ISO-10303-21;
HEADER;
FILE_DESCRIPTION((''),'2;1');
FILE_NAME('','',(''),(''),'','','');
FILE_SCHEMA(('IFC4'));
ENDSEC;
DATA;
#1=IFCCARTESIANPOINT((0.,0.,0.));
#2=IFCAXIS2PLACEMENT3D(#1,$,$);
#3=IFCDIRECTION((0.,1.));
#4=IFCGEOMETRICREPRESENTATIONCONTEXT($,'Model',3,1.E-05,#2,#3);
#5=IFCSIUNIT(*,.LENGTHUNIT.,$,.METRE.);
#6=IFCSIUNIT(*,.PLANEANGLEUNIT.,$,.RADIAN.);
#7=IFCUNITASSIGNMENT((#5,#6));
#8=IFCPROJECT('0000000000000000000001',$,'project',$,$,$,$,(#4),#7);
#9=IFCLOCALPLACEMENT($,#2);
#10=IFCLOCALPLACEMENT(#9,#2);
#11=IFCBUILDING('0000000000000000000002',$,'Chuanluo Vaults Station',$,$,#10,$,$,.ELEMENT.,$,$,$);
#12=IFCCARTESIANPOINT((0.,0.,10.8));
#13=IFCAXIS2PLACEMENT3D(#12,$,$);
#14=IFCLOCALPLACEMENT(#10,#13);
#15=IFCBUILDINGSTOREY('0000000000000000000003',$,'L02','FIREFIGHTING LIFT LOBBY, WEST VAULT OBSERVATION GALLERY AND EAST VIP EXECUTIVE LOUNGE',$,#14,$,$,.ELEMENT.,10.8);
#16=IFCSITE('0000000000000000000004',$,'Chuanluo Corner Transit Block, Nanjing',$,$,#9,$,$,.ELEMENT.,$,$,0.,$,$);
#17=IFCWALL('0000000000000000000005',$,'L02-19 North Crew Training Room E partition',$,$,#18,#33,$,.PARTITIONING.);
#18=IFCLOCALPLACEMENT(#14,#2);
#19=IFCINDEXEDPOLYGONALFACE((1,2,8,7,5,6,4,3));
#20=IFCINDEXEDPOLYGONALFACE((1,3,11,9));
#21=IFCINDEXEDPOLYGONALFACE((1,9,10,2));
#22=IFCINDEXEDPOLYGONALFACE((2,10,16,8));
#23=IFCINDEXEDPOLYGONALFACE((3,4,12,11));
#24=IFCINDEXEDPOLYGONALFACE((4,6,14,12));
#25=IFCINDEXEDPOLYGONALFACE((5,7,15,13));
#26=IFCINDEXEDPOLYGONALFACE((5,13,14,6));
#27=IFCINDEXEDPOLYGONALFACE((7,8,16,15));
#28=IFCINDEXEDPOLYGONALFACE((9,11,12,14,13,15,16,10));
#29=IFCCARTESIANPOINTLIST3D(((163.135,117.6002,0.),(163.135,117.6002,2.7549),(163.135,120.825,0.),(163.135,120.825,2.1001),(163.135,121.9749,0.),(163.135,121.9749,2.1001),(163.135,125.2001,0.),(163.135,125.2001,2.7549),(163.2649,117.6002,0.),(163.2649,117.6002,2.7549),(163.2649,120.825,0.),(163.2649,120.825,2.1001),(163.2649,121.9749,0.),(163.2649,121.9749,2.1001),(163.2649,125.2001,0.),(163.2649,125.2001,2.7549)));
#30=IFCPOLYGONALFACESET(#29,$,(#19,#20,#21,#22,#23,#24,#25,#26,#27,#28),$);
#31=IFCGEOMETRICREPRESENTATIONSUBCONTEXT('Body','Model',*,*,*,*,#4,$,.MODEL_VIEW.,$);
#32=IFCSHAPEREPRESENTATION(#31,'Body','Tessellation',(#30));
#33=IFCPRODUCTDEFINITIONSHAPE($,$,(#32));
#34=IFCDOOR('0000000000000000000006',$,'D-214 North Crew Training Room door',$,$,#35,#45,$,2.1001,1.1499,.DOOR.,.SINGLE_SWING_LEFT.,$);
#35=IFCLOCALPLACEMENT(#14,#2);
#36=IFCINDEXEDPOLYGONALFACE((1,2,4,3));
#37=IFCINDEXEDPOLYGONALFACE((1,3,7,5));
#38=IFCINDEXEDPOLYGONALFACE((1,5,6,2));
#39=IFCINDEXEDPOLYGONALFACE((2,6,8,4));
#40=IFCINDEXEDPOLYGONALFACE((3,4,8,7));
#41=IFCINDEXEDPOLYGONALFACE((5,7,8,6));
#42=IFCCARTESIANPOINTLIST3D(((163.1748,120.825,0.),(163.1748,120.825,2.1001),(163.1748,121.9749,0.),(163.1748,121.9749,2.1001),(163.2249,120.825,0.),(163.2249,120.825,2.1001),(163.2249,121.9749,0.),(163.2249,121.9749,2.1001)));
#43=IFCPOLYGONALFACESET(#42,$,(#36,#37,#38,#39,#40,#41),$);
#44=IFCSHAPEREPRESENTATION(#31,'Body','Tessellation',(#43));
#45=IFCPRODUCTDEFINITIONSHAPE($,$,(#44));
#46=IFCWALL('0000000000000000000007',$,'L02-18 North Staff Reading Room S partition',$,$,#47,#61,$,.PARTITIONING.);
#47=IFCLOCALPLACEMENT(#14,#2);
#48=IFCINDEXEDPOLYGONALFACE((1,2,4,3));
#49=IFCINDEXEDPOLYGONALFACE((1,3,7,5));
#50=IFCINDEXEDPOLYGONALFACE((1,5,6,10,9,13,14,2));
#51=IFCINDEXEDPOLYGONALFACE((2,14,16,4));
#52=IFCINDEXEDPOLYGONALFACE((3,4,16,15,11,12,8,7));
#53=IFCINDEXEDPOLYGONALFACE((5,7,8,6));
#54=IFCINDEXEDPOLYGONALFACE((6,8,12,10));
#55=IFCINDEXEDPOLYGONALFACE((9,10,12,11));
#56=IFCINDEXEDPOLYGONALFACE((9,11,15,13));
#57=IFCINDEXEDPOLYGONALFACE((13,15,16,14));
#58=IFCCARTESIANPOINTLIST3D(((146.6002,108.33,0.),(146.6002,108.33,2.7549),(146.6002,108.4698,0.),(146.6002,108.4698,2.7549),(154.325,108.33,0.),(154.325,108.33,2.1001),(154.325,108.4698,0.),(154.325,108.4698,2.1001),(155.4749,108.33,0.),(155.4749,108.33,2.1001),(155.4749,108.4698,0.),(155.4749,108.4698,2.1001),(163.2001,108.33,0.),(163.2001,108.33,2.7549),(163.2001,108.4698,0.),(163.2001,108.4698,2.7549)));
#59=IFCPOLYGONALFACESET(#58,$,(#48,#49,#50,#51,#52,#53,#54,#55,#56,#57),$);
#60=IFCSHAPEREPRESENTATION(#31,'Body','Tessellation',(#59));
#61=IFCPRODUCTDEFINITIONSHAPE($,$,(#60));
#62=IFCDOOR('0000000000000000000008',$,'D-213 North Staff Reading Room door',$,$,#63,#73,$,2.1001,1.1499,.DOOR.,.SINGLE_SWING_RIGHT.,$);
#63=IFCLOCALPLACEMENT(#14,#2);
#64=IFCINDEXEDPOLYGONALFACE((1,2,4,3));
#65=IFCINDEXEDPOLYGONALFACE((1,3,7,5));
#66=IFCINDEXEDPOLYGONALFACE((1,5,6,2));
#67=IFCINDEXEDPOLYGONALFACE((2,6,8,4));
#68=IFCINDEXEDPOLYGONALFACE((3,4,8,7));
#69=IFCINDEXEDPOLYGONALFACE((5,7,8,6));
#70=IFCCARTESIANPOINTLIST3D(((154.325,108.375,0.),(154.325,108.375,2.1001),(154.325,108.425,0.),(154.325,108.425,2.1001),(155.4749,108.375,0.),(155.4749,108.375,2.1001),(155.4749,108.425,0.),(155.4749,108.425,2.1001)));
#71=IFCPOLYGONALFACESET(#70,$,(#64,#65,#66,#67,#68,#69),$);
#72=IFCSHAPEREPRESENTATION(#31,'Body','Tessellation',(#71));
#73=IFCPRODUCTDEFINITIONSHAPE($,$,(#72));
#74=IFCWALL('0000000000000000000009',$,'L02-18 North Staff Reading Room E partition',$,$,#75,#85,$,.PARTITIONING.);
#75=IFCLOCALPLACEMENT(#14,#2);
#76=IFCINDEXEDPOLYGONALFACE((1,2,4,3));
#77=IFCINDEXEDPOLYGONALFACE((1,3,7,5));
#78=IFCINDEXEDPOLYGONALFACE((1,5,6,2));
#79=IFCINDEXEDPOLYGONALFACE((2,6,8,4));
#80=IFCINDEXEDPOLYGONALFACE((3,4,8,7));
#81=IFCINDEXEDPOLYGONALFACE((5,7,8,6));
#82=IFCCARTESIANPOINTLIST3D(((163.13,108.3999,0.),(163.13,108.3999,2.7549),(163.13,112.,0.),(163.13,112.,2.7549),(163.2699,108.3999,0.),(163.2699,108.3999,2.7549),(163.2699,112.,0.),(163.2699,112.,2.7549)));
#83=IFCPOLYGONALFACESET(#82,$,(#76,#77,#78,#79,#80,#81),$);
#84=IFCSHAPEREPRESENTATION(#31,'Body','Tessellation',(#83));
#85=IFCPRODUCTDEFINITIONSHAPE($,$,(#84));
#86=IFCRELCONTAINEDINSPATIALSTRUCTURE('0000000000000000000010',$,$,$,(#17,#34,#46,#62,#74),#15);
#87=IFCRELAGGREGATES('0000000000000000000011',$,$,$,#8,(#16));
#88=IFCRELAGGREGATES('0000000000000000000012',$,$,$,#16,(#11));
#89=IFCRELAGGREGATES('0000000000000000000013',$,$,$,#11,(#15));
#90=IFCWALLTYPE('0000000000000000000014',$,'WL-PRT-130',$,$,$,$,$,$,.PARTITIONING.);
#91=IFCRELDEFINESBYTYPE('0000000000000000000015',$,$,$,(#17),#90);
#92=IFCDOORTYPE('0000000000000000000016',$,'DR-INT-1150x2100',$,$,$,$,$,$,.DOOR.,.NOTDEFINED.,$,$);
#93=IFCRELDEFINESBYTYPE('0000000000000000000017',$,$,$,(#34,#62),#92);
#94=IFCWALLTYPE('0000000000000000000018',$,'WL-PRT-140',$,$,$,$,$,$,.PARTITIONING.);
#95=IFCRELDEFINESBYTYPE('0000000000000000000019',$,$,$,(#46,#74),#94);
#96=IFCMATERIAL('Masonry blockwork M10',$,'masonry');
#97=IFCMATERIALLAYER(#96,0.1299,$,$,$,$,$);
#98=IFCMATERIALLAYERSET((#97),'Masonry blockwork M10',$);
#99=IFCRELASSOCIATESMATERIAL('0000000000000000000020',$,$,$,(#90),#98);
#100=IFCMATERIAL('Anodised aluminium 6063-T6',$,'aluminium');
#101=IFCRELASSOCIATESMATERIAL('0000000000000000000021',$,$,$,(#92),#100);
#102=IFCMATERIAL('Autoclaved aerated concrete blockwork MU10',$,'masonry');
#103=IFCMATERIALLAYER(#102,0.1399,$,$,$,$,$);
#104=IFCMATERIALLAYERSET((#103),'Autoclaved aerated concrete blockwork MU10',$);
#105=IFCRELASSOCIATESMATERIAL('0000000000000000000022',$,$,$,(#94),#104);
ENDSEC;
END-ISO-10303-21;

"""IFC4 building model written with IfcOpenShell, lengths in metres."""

from ifc_helpers import new_model, si_unit, direction, frame, frame_2d, origin, place, context, subcontext, project, spatial, rectangle, extrude, material, layer, layer_set, type_object, element, fill, save


model = new_model("IFC4")

# Units and contexts
model_context = context("Model", 3, precision=1e-05, world=origin(), true_north=direction((0.0, 1.0)))
body_context = subcontext(model_context, "Body", "Model", "MODEL_VIEW")
ifc_project = project(units=[si_unit("LENGTHUNIT", "METRE"), si_unit("PLANEANGLEUNIT", "RADIAN")], contexts=[model_context])

# Site, building, storey
site_placement = place(None, origin())
site = spatial("IfcSite", under=ifc_project, at=site_placement, Name="Chuanluo Corner Transit Block, Nanjing", CompositionType="ELEMENT", RefElevation=0.0)
building_placement = place(site_placement, origin())
building = spatial("IfcBuilding", under=site, at=building_placement, Name="Chuanluo Vaults Station", CompositionType="ELEMENT")
storey_placement = place(building_placement, frame((0.0, 0.0, 10.8)))
storey = spatial("IfcBuildingStorey", under=building, at=storey_placement, Name="L02", Description="FIREFIGHTING LIFT LOBBY, WEST VAULT OBSERVATION GALLERY AND EAST VIP EXECUTIVE LOUNGE", CompositionType="ELEMENT", Elevation=10.8)

# Shared definitions
ifc_material_1 = material(Name="Masonry blockwork M10", Category="masonry")
ifc_layer_1 = layer(ifc_material_1, 0.1299)
ifc_layer_set_1 = layer_set([ifc_layer_1], Name="Masonry blockwork M10")
wall_type_1 = type_object("IfcWallType", Name="WL-PRT-130", PredefinedType="PARTITIONING", material=ifc_layer_set_1)

# Walls, openings, doors
wall_1_placement = place(storey_placement, frame((163.2, 125.2, 0.0), z_axis=(0.0, 0.0, 1.0), x_axis=(0.0, -1.0, 0.0)))
wall_1 = element("IfcWall", 1, at=wall_1_placement, inside=storey, type_object=wall_type_1, Name="L02-19 North Crew Training Room E partition", PredefinedType="PARTITIONING", context=body_context, shape_type="SweptSolid", body=[
    extrude(rectangle(XDim=7.5999, YDim=0.1299, at=frame_2d((3.7998, 0.0))), origin(), (0.0, 0.0, 1.0), 2.7549),
])
opening_1_placement = place(wall_1_placement, frame((3.2251, 0.0, 0.0)))
opening_1 = element("IfcOpeningElement", 2, at=opening_1_placement, cuts=wall_1, PredefinedType="OPENING", context=body_context, shape_type="SweptSolid", body=[
    extrude(rectangle(XDim=1.1499, YDim=2.1001, at=frame_2d((0.575, 1.05))), frame((0.0, 0.0749, 0.0), z_axis=(0.0, -1.0, 0.0), x_axis=(1.0, 0.0, 0.0)), (0.0, 0.0, 1.0), 0.1499),
])
ifc_material_2 = material(Name="Anodised aluminium 6063-T6", Category="aluminium")
door_type = type_object("IfcDoorType", Name="DR-INT-1150x2100", OperationType="NOTDEFINED", PredefinedType="DOOR", material=ifc_material_2)
door_1_placement = place(opening_1_placement, origin())
door_1 = element("IfcDoor", 3, at=door_1_placement, inside=storey, type_object=door_type, Name="D-214 North Crew Training Room door", OperationType="SINGLE_SWING_LEFT", OverallHeight=2.1001, OverallWidth=1.1499, PredefinedType="DOOR", context=body_context, shape_type="SweptSolid", body=[
    extrude(rectangle(XDim=1.1499, YDim=2.1001, at=frame_2d((0.575, 1.05))), frame((0.0, 0.0249, 0.0), z_axis=(0.0, -1.0, 0.0), x_axis=(1.0, 0.0, 0.0)), (0.0, 0.0, 1.0), 0.05),
])
fill(opening_1, door_1)
ifc_material_3 = material(Name="Autoclaved aerated concrete blockwork MU10", Category="masonry")
ifc_layer_2 = layer(ifc_material_3, 0.1399)
ifc_layer_set_2 = layer_set([ifc_layer_2], Name="Autoclaved aerated concrete blockwork MU10")
wall_type_2 = type_object("IfcWallType", Name="WL-PRT-140", PredefinedType="PARTITIONING", material=ifc_layer_set_2)
wall_2_placement = place(storey_placement, frame((163.2, 108.3999, 0.0), z_axis=(0.0, 0.0, 1.0), x_axis=(-1.0, 0.0, 0.0)))
wall_2 = element("IfcWall", 4, at=wall_2_placement, inside=storey, type_object=wall_type_2, Name="L02-18 North Staff Reading Room S partition", PredefinedType="PARTITIONING", context=body_context, shape_type="SweptSolid", body=[
    extrude(rectangle(XDim=16.5999, YDim=0.1399, at=frame_2d((8.2998, 0.0))), origin(), (0.0, 0.0, 1.0), 2.7549),
])
opening_2_placement = place(wall_2_placement, frame((7.7251, 0.0, 0.0)))
opening_2 = element("IfcOpeningElement", 5, at=opening_2_placement, cuts=wall_2, PredefinedType="OPENING", context=body_context, shape_type="SweptSolid", body=[
    extrude(rectangle(XDim=1.1499, YDim=2.1001, at=frame_2d((0.575, 1.05))), frame((0.0, 0.0798, 0.0), z_axis=(0.0, -1.0, 0.0), x_axis=(1.0, 0.0, 0.0)), (0.0, 0.0, 1.0), 0.1599),
])
door_2_placement = place(opening_2_placement, origin())
door_2 = element("IfcDoor", 6, at=door_2_placement, inside=storey, type_object=door_type, Name="D-213 North Staff Reading Room door", OperationType="SINGLE_SWING_RIGHT", OverallHeight=2.1001, OverallWidth=1.1499, PredefinedType="DOOR", context=body_context, shape_type="SweptSolid", body=[
    extrude(rectangle(XDim=1.1499, YDim=2.1001, at=frame_2d((0.575, 1.05))), frame((0.0, 0.0249, 0.0), z_axis=(0.0, -1.0, 0.0), x_axis=(1.0, 0.0, 0.0)), (0.0, 0.0, 1.0), 0.05),
])
fill(opening_2, door_2)

# Wall
wall_3_placement = place(storey_placement, frame((163.2, 112.0, 0.0), z_axis=(0.0, 0.0, 1.0), x_axis=(0.0, -1.0, 0.0)))
element("IfcWall", 7, at=wall_3_placement, inside=storey, type_object=wall_type_2, Name="L02-18 North Staff Reading Room E partition", PredefinedType="PARTITIONING", context=body_context, shape_type="SweptSolid", body=[
    extrude(rectangle(XDim=3.6001, YDim=0.1399, at=frame_2d((1.8, 0.0))), origin(), (0.0, 0.0, 1.0), 2.7549),
])

save(model, "model.ifc")
